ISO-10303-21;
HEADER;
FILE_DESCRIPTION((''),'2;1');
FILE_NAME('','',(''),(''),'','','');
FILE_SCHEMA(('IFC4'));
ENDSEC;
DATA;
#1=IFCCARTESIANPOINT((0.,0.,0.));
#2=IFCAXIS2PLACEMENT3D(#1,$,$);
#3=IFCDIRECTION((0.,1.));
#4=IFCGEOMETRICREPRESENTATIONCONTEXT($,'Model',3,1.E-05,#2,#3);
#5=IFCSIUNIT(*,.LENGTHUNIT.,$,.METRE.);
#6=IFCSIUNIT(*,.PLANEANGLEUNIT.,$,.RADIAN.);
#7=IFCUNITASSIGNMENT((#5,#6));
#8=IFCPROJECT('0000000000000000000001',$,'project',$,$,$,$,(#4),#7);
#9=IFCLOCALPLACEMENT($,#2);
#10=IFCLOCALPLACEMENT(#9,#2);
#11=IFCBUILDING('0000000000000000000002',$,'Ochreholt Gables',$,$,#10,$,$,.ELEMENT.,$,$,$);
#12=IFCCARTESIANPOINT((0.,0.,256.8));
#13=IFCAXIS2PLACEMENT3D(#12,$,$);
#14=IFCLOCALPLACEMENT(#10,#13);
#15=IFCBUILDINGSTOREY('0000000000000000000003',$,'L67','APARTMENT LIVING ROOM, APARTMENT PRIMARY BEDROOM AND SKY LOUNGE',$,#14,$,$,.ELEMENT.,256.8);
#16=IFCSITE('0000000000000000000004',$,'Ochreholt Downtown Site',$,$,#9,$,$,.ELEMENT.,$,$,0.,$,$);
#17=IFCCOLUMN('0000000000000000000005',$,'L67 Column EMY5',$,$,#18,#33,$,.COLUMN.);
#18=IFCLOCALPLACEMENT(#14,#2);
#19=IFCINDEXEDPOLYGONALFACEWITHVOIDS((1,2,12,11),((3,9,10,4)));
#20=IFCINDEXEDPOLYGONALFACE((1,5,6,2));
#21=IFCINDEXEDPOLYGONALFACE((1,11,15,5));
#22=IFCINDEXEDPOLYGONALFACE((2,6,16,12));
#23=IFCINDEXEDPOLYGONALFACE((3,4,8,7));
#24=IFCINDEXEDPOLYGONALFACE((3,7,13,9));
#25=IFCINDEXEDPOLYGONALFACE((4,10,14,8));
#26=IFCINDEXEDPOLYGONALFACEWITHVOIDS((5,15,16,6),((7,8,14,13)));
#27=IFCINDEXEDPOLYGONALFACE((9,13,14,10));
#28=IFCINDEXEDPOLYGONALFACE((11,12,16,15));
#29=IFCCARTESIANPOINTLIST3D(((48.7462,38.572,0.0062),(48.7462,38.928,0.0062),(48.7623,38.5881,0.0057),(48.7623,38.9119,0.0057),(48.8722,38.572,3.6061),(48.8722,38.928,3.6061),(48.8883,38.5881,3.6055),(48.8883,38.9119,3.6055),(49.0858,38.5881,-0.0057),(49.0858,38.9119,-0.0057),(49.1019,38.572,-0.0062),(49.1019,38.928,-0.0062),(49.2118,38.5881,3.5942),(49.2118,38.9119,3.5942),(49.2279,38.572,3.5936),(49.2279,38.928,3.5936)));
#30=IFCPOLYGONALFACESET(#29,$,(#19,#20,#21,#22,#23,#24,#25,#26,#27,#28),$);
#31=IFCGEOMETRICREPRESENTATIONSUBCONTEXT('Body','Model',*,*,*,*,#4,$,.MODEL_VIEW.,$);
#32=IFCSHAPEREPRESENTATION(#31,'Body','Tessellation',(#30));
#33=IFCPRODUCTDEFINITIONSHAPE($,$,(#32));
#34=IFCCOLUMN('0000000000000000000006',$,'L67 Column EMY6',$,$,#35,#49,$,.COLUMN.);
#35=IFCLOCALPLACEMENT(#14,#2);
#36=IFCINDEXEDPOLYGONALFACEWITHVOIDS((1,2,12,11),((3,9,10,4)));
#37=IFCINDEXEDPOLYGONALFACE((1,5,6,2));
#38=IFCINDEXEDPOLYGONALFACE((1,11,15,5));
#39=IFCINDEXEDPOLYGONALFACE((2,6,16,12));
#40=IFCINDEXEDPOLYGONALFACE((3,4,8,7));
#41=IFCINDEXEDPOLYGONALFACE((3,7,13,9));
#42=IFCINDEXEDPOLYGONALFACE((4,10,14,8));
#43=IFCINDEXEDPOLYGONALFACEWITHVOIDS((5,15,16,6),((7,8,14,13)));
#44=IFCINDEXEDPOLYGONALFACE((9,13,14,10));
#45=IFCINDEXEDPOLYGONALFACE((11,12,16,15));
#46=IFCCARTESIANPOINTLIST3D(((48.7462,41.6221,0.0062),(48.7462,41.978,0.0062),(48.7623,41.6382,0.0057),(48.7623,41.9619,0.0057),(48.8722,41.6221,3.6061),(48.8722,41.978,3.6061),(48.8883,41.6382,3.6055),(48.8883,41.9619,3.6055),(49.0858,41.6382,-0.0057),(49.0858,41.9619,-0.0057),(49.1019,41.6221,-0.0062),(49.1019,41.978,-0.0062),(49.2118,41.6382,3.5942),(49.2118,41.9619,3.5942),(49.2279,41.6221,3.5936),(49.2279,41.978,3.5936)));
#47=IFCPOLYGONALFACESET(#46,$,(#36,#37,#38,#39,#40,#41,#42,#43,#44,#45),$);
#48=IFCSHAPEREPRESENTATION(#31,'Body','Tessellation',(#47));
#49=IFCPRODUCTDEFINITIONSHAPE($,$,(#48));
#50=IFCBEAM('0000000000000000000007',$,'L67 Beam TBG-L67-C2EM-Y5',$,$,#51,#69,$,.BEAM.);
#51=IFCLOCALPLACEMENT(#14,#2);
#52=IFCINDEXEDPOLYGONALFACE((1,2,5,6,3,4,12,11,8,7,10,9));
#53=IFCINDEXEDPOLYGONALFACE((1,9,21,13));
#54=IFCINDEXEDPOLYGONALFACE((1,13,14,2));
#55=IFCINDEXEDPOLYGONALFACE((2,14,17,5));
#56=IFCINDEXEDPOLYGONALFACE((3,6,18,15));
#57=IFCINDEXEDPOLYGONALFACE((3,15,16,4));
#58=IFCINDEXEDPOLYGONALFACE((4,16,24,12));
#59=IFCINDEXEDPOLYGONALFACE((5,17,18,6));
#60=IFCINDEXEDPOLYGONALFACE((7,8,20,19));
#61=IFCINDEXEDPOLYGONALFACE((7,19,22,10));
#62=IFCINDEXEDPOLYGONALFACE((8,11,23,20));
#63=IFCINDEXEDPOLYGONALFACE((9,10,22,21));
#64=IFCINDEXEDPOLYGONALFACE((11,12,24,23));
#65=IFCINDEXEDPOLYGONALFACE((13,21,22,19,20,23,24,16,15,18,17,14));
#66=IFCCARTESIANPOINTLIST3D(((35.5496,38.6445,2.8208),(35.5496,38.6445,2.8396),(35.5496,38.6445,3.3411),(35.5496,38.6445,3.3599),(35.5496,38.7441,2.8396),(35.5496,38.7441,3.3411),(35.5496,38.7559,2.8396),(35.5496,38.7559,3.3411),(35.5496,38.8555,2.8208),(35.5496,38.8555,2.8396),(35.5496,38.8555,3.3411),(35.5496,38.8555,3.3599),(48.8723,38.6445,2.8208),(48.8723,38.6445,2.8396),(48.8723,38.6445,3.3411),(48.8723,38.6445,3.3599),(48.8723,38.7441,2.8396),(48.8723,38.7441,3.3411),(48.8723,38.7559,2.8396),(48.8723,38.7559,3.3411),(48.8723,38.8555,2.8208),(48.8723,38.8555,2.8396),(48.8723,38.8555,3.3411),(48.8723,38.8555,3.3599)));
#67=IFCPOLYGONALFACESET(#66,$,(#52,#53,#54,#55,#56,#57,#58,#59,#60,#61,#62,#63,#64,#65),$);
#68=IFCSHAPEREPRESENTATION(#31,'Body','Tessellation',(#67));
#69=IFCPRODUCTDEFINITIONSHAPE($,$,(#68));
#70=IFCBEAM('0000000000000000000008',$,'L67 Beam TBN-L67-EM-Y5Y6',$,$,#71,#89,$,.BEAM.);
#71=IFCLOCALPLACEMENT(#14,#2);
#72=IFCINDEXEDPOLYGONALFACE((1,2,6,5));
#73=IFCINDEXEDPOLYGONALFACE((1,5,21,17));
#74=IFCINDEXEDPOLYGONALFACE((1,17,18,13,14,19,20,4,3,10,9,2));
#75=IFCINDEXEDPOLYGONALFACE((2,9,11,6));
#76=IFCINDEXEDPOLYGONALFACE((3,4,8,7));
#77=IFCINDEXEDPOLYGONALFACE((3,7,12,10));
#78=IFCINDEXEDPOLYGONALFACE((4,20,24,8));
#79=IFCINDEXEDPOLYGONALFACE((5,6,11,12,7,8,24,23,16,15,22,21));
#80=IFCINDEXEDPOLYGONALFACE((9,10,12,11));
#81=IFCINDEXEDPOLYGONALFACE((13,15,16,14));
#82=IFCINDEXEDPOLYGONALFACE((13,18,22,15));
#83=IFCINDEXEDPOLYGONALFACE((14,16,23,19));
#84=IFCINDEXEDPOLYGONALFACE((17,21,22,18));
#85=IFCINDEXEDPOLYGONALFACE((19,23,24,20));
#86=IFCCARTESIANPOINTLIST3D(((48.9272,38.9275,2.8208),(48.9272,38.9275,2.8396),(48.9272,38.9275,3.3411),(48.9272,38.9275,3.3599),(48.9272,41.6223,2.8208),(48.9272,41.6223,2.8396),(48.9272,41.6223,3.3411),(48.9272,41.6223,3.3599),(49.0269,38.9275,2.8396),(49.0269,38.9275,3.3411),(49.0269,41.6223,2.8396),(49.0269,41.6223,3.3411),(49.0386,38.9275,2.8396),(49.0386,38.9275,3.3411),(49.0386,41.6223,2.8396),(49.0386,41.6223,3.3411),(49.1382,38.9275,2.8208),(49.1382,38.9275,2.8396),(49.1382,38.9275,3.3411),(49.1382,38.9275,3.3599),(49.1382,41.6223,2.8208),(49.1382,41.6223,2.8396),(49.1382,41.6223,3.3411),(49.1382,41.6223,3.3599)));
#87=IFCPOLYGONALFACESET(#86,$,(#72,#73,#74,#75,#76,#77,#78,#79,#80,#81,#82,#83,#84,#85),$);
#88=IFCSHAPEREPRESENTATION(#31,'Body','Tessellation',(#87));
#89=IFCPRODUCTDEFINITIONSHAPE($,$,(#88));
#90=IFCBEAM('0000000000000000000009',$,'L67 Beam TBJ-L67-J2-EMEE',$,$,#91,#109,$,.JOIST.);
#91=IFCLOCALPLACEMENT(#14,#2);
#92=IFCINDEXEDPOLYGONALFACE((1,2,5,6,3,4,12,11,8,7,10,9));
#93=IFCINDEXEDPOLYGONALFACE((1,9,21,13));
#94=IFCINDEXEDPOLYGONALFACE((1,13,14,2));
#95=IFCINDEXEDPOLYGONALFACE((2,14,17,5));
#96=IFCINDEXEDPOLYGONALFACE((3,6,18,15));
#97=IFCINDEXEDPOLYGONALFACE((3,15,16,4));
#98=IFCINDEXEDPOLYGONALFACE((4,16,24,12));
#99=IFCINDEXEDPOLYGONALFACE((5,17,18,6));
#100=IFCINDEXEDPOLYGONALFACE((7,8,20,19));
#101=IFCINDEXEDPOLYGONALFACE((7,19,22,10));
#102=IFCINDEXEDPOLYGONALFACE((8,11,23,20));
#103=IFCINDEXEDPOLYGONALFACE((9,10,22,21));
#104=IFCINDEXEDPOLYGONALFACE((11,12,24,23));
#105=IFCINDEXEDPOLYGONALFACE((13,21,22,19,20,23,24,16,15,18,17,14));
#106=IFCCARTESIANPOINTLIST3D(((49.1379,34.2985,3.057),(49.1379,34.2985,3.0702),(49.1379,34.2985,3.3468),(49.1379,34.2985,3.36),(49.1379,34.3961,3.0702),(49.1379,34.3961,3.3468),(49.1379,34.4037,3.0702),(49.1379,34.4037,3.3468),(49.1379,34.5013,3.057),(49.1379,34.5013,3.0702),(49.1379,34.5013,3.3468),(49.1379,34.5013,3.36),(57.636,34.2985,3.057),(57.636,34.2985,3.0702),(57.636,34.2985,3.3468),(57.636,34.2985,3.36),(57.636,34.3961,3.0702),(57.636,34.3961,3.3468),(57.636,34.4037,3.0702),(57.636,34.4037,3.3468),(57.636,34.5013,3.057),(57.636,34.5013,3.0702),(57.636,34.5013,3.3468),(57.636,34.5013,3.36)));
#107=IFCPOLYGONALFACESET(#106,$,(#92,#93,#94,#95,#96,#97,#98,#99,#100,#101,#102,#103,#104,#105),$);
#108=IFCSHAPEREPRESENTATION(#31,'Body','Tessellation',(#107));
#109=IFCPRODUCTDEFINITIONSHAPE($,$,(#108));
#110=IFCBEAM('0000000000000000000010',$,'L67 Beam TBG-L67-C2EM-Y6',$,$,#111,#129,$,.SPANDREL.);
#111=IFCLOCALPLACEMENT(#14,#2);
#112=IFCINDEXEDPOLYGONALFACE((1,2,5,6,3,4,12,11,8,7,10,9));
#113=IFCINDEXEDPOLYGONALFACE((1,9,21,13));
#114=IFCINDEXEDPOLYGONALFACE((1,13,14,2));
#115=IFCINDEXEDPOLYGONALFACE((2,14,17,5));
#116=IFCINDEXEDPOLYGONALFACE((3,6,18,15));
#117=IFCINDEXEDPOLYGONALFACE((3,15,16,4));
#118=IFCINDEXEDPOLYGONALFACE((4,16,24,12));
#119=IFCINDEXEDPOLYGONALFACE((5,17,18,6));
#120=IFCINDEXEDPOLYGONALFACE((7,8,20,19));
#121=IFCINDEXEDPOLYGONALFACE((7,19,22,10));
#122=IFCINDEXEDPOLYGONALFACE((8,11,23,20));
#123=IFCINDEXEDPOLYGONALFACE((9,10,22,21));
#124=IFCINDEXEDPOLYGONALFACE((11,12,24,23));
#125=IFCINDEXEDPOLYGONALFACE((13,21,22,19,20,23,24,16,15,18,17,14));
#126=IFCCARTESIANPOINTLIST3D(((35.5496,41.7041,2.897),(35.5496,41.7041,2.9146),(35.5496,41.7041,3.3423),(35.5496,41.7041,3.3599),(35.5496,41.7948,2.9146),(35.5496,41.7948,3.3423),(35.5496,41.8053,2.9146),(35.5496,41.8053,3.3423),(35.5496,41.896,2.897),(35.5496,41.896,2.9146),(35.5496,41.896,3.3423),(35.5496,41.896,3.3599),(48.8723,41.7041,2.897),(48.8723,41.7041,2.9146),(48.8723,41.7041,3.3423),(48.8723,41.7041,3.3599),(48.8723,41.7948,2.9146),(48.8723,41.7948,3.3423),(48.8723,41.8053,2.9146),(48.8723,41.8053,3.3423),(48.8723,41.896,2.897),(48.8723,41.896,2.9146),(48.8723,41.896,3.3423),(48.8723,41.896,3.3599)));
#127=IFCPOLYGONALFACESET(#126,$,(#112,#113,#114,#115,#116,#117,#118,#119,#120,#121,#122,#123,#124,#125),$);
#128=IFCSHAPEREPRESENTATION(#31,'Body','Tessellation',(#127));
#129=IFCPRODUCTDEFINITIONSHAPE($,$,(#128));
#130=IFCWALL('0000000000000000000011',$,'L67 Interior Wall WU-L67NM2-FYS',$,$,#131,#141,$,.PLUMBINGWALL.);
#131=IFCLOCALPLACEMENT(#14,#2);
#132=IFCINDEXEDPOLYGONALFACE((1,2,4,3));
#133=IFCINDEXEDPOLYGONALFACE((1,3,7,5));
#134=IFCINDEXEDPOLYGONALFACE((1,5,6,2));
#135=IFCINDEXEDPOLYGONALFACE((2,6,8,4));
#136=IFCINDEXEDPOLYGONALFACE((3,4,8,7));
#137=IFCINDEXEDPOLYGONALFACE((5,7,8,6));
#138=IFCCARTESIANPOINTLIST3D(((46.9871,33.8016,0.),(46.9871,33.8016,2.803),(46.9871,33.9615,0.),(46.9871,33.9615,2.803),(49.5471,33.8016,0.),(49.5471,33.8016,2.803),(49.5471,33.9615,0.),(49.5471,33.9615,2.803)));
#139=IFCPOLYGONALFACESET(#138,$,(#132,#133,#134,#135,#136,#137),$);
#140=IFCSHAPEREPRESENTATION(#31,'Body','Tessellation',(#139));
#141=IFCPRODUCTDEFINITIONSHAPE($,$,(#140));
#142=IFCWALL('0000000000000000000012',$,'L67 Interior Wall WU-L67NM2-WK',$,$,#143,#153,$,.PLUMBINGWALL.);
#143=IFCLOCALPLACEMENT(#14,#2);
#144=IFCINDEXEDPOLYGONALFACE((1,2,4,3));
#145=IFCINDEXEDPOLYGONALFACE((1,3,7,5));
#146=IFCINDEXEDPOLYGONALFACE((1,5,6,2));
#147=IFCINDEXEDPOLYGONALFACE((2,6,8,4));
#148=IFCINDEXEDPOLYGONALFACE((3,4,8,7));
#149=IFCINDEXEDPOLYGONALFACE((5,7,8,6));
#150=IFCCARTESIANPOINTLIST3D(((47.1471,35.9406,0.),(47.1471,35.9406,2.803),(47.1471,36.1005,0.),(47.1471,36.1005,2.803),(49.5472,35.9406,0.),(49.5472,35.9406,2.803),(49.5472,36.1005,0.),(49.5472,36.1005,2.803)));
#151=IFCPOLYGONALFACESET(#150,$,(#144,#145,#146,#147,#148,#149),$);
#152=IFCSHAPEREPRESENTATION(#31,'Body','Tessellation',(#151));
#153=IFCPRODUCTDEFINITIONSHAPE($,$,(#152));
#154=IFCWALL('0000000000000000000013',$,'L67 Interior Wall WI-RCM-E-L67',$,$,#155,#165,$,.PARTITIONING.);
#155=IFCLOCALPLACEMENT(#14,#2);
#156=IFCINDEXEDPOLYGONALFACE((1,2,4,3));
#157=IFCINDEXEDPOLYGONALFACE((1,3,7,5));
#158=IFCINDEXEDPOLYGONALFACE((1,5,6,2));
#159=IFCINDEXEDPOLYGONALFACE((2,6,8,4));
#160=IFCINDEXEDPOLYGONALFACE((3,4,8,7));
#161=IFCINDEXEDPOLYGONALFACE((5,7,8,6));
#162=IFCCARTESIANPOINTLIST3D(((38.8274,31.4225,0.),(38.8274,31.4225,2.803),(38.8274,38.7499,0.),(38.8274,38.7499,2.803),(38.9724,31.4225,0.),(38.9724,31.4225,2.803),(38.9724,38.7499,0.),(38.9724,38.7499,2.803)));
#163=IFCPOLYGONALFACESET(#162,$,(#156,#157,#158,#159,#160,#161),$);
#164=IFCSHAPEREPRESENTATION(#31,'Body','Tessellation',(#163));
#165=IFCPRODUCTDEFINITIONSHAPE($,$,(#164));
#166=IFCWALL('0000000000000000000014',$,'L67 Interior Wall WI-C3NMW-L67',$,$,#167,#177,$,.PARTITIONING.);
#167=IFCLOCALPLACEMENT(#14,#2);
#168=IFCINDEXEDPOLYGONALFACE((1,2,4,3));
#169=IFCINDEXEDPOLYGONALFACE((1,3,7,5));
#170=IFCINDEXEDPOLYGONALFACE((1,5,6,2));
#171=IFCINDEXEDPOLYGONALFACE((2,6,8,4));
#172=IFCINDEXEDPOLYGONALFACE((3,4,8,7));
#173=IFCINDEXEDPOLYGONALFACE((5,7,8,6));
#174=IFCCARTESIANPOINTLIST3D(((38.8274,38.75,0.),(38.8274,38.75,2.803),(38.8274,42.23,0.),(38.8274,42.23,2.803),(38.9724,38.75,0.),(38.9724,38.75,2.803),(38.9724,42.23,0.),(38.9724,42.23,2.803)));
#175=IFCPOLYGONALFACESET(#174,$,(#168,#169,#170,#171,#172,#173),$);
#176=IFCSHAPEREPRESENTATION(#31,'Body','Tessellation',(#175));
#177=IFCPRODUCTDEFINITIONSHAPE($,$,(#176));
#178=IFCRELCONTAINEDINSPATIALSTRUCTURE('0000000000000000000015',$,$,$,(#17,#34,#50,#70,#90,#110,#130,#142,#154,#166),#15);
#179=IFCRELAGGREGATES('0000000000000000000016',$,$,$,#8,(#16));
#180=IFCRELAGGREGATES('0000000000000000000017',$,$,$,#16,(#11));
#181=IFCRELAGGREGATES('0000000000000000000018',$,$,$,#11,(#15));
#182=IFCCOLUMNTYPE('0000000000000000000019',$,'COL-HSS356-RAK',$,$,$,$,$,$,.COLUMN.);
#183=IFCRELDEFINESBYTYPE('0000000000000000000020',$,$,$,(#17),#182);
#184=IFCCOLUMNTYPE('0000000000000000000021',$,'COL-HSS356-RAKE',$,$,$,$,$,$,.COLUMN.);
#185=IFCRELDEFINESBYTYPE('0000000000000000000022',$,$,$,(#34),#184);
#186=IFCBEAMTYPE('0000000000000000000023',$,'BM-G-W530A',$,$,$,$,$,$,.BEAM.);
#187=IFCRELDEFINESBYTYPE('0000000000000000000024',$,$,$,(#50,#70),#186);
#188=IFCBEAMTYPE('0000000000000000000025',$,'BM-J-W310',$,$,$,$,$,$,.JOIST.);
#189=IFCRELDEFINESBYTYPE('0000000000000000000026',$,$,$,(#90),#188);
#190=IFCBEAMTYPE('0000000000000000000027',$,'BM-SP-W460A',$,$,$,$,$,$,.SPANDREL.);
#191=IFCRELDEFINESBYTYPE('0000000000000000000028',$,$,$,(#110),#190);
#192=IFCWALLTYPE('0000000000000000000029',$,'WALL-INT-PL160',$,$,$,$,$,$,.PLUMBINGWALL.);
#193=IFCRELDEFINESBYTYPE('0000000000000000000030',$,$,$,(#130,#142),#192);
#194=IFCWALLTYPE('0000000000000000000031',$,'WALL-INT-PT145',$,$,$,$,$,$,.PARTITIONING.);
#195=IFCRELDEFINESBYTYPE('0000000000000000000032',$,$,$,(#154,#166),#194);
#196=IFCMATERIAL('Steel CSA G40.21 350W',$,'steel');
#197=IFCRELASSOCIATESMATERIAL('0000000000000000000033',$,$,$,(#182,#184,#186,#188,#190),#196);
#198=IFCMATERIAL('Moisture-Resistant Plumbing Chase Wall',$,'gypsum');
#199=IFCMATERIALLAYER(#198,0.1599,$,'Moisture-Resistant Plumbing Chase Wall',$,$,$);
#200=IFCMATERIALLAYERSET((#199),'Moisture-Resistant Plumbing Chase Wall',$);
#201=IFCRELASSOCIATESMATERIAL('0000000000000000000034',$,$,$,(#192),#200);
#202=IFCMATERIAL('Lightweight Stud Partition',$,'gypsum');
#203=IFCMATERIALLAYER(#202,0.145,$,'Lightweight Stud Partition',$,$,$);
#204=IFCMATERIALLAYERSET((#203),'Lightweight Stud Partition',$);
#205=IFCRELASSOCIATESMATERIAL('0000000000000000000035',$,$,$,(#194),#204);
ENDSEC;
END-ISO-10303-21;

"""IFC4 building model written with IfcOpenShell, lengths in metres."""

from ifc_helpers import new_model, si_unit, direction, frame, frame_2d, origin, origin_2d, place, context, subcontext, project, spatial, rectangle, hollow_rectangle, i_section, extrude, material, layer, layer_set, material_profile, profile_set, type_object, element, save


model = new_model("IFC4")

# Units and contexts
model_context = context("Model", 3, precision=1e-05, world=origin(), true_north=direction((0.0, 1.0)))
body_context = subcontext(model_context, "Body", "Model", "MODEL_VIEW")
ifc_project = project(units=[si_unit("LENGTHUNIT", "METRE"), si_unit("PLANEANGLEUNIT", "RADIAN")], contexts=[model_context])

# Site, building, storey
site_placement = place(None, origin())
site = spatial("IfcSite", under=ifc_project, at=site_placement, Name="Ochreholt Downtown Site", CompositionType="ELEMENT", RefElevation=0.0)
building_placement = place(site_placement, origin())
building = spatial("IfcBuilding", under=site, at=building_placement, Name="Ochreholt Gables", CompositionType="ELEMENT")
storey_placement = place(building_placement, frame((0.0, 0.0, 256.8)))
storey = spatial("IfcBuildingStorey", under=building, at=storey_placement, Name="L67", Description="APARTMENT LIVING ROOM, APARTMENT PRIMARY BEDROOM AND SKY LOUNGE", CompositionType="ELEMENT", Elevation=256.8)

# Columns
ifc_material_1 = material(Name="Steel CSA G40.21 350W", Category="steel")
ifc_material_profile_1 = material_profile(ifc_material_1, hollow_rectangle(XDim=0.356, YDim=0.356, WallThickness=0.0161, at=origin_2d()), Name="HSS356X356X16")
ifc_profile_set_1 = profile_set([ifc_material_profile_1], Name="Steel CSA G40.21 350W")
column_type_1 = type_object("IfcColumnType", Name="COL-HSS356-RAK", PredefinedType="COLUMN", material=ifc_profile_set_1)
column_1_placement = place(storey_placement, frame((48.9241, 38.75, 0.0), z_axis=(0.034974, 0.0, 0.999388), x_axis=(0.0, 1.0, 0.0)))
element("IfcColumn", 1, at=column_1_placement, inside=storey, type_object=column_type_1, Name="L67 Column EMY5", PredefinedType="COLUMN", context=body_context, shape_type="SweptSolid", body=[
    extrude(hollow_rectangle(XDim=0.356, YDim=0.356, WallThickness=0.0161, at=origin_2d()), origin(), (0.0, 0.0, 1.0), 3.6021),
])
ifc_material_profile_2 = material_profile(ifc_material_1, hollow_rectangle(XDim=0.356, YDim=0.356, WallThickness=0.0161, at=origin_2d()), Name="HSS356X356X16")
ifc_profile_set_2 = profile_set([ifc_material_profile_2], Name="Steel CSA G40.21 350W")
column_type_2 = type_object("IfcColumnType", Name="COL-HSS356-RAKE", PredefinedType="COLUMN", material=ifc_profile_set_2)
column_2_placement = place(storey_placement, frame((48.9241, 41.8, 0.0), z_axis=(0.034974, 0.0, 0.999388), x_axis=(0.0, 1.0, 0.0)))
element("IfcColumn", 2, at=column_2_placement, inside=storey, type_object=column_type_2, Name="L67 Column EMY6", PredefinedType="COLUMN", context=body_context, shape_type="SweptSolid", body=[
    extrude(hollow_rectangle(XDim=0.356, YDim=0.356, WallThickness=0.0161, at=origin_2d()), origin(), (0.0, 0.0, 1.0), 3.6021),
])

# Beams
ifc_material_profile_3 = material_profile(ifc_material_1, i_section(OverallWidth=0.2109, OverallDepth=0.5391, WebThickness=0.0117, FlangeThickness=0.0188, at=origin_2d()), Name="W530X109")
ifc_profile_set_3 = profile_set([ifc_material_profile_3], Name="Steel CSA G40.21 350W")
beam_type_1 = type_object("IfcBeamType", Name="BM-G-W530A", PredefinedType="BEAM", material=ifc_profile_set_3)
beam_1_placement = place(storey_placement, frame((35.5496, 38.75, 3.0903), z_axis=(1.0, 0.0, 0.0), x_axis=(0.0, 1.0, 0.0)))
element("IfcBeam", 3, at=beam_1_placement, inside=storey, type_object=beam_type_1, Name="L67 Beam TBG-L67-C2EM-Y5", PredefinedType="BEAM", context=body_context, shape_type="SweptSolid", body=[
    extrude(i_section(OverallWidth=0.2109, OverallDepth=0.5391, WebThickness=0.0117, FlangeThickness=0.0188, at=origin_2d()), origin(), (0.0, 0.0, 1.0), 13.3228),
])
beam_2_placement = place(storey_placement, frame((49.0327, 38.9275, 3.0903), z_axis=(0.0, 1.0, 0.0), x_axis=(-1.0, 0.0, 0.0)))
element("IfcBeam", 4, at=beam_2_placement, inside=storey, type_object=beam_type_1, Name="L67 Beam TBN-L67-EM-Y5Y6", PredefinedType="BEAM", context=body_context, shape_type="SweptSolid", body=[
    extrude(i_section(OverallWidth=0.2109, OverallDepth=0.5391, WebThickness=0.0117, FlangeThickness=0.0188, at=origin_2d()), origin(), (0.0, 0.0, 1.0), 2.6948),
])
ifc_material_profile_4 = material_profile(ifc_material_1, i_section(OverallWidth=0.2029, OverallDepth=0.303, WebThickness=0.0076, FlangeThickness=0.0132, at=origin_2d()), Name="W310X60")
ifc_profile_set_4 = profile_set([ifc_material_profile_4], Name="Steel CSA G40.21 350W")
beam_type_2 = type_object("IfcBeamType", Name="BM-J-W310", PredefinedType="JOIST", material=ifc_profile_set_4)
beam_3_placement = place(storey_placement, frame((49.1379, 34.3999, 3.2085), z_axis=(1.0, 0.0, 0.0), x_axis=(0.0, 1.0, 0.0)))
element("IfcBeam", 5, at=beam_3_placement, inside=storey, type_object=beam_type_2, Name="L67 Beam TBJ-L67-J2-EMEE", PredefinedType="JOIST", context=body_context, shape_type="SweptSolid", body=[
    extrude(i_section(OverallWidth=0.2029, OverallDepth=0.303, WebThickness=0.0076, FlangeThickness=0.0132, at=origin_2d()), origin(), (0.0, 0.0, 1.0), 8.498),
])
ifc_material_profile_5 = material_profile(ifc_material_1, i_section(OverallWidth=0.1919, OverallDepth=0.4629, WebThickness=0.0105, FlangeThickness=0.0176, at=origin_2d()), Name="W460X89")
ifc_profile_set_5 = profile_set([ifc_material_profile_5], Name="Steel CSA G40.21 350W")
beam_type_3 = type_object("IfcBeamType", Name="BM-SP-W460A", PredefinedType="SPANDREL", material=ifc_profile_set_5)
beam_4_placement = place(storey_placement, frame((35.5496, 41.8, 3.1284), z_axis=(1.0, 0.0, 0.0), x_axis=(0.0, 1.0, 0.0)))
element("IfcBeam", 6, at=beam_4_placement, inside=storey, type_object=beam_type_3, Name="L67 Beam TBG-L67-C2EM-Y6", PredefinedType="SPANDREL", context=body_context, shape_type="SweptSolid", body=[
    extrude(i_section(OverallWidth=0.1919, OverallDepth=0.4629, WebThickness=0.0105, FlangeThickness=0.0176, at=origin_2d()), origin(), (0.0, 0.0, 1.0), 13.3228),
])

# Wall
ifc_material_2 = material(Name="Moisture-Resistant Plumbing Chase Wall", Category="gypsum")
ifc_layer_1 = layer(ifc_material_2, 0.1599, Name="Moisture-Resistant Plumbing Chase Wall")
ifc_layer_set_1 = layer_set([ifc_layer_1], Name="Moisture-Resistant Plumbing Chase Wall")
wall_type_1 = type_object("IfcWallType", Name="WALL-INT-PL160", PredefinedType="PLUMBINGWALL", material=ifc_layer_set_1)
wall_1_placement = place(storey_placement, frame((46.9871, 33.8816, 0.0), z_axis=(0.0, 0.0, 1.0), x_axis=(1.0, 0.0, 0.0)))
element("IfcWall", 7, at=wall_1_placement, inside=storey, type_object=wall_type_1, Name="L67 Interior Wall WU-L67NM2-FYS", PredefinedType="PLUMBINGWALL", context=body_context, shape_type="SweptSolid", body=[
    extrude(rectangle(XDim=2.5601, YDim=0.1599, at=frame_2d((1.28, 0.0))), origin(), (0.0, 0.0, 1.0), 2.803),
])

# Walls
wall_2_placement = place(storey_placement, frame((47.147, 36.0205, 0.0), z_axis=(0.0, 0.0, 1.0), x_axis=(1.0, 0.0, 0.0)))
element("IfcWall", 8, at=wall_2_placement, inside=storey, type_object=wall_type_1, Name="L67 Interior Wall WU-L67NM2-WK", PredefinedType="PLUMBINGWALL", context=body_context, shape_type="SweptSolid", body=[
    extrude(rectangle(XDim=2.4001, YDim=0.1599, at=frame_2d((1.2002, 0.0))), origin(), (0.0, 0.0, 1.0), 2.803),
])
ifc_material_3 = material(Name="Lightweight Stud Partition", Category="gypsum")
ifc_layer_2 = layer(ifc_material_3, 0.145, Name="Lightweight Stud Partition")
ifc_layer_set_2 = layer_set([ifc_layer_2], Name="Lightweight Stud Partition")
wall_type_2 = type_object("IfcWallType", Name="WALL-INT-PT145", PredefinedType="PARTITIONING", material=ifc_layer_set_2)
wall_3_placement = place(storey_placement, frame((38.8999, 31.4226, 0.0), z_axis=(0.0, 0.0, 1.0), x_axis=(0.0, 1.0, 0.0)))
element("IfcWall", 9, at=wall_3_placement, inside=storey, type_object=wall_type_2, Name="L67 Interior Wall WI-RCM-E-L67", PredefinedType="PARTITIONING", context=body_context, shape_type="SweptSolid", body=[
    extrude(rectangle(XDim=7.3274, YDim=0.145, at=frame_2d((3.6636, 0.0))), origin(), (0.0, 0.0, 1.0), 2.803),
])
wall_4_placement = place(storey_placement, frame((38.8999, 38.75, 0.0), z_axis=(0.0, 0.0, 1.0), x_axis=(0.0, 1.0, 0.0)))
element("IfcWall", 10, at=wall_4_placement, inside=storey, type_object=wall_type_2, Name="L67 Interior Wall WI-C3NMW-L67", PredefinedType="PARTITIONING", context=body_context, shape_type="SweptSolid", body=[
    extrude(rectangle(XDim=3.48, YDim=0.145, at=frame_2d((1.74, 0.0))), origin(), (0.0, 0.0, 1.0), 2.803),
])

save(model, "model.ifc")
